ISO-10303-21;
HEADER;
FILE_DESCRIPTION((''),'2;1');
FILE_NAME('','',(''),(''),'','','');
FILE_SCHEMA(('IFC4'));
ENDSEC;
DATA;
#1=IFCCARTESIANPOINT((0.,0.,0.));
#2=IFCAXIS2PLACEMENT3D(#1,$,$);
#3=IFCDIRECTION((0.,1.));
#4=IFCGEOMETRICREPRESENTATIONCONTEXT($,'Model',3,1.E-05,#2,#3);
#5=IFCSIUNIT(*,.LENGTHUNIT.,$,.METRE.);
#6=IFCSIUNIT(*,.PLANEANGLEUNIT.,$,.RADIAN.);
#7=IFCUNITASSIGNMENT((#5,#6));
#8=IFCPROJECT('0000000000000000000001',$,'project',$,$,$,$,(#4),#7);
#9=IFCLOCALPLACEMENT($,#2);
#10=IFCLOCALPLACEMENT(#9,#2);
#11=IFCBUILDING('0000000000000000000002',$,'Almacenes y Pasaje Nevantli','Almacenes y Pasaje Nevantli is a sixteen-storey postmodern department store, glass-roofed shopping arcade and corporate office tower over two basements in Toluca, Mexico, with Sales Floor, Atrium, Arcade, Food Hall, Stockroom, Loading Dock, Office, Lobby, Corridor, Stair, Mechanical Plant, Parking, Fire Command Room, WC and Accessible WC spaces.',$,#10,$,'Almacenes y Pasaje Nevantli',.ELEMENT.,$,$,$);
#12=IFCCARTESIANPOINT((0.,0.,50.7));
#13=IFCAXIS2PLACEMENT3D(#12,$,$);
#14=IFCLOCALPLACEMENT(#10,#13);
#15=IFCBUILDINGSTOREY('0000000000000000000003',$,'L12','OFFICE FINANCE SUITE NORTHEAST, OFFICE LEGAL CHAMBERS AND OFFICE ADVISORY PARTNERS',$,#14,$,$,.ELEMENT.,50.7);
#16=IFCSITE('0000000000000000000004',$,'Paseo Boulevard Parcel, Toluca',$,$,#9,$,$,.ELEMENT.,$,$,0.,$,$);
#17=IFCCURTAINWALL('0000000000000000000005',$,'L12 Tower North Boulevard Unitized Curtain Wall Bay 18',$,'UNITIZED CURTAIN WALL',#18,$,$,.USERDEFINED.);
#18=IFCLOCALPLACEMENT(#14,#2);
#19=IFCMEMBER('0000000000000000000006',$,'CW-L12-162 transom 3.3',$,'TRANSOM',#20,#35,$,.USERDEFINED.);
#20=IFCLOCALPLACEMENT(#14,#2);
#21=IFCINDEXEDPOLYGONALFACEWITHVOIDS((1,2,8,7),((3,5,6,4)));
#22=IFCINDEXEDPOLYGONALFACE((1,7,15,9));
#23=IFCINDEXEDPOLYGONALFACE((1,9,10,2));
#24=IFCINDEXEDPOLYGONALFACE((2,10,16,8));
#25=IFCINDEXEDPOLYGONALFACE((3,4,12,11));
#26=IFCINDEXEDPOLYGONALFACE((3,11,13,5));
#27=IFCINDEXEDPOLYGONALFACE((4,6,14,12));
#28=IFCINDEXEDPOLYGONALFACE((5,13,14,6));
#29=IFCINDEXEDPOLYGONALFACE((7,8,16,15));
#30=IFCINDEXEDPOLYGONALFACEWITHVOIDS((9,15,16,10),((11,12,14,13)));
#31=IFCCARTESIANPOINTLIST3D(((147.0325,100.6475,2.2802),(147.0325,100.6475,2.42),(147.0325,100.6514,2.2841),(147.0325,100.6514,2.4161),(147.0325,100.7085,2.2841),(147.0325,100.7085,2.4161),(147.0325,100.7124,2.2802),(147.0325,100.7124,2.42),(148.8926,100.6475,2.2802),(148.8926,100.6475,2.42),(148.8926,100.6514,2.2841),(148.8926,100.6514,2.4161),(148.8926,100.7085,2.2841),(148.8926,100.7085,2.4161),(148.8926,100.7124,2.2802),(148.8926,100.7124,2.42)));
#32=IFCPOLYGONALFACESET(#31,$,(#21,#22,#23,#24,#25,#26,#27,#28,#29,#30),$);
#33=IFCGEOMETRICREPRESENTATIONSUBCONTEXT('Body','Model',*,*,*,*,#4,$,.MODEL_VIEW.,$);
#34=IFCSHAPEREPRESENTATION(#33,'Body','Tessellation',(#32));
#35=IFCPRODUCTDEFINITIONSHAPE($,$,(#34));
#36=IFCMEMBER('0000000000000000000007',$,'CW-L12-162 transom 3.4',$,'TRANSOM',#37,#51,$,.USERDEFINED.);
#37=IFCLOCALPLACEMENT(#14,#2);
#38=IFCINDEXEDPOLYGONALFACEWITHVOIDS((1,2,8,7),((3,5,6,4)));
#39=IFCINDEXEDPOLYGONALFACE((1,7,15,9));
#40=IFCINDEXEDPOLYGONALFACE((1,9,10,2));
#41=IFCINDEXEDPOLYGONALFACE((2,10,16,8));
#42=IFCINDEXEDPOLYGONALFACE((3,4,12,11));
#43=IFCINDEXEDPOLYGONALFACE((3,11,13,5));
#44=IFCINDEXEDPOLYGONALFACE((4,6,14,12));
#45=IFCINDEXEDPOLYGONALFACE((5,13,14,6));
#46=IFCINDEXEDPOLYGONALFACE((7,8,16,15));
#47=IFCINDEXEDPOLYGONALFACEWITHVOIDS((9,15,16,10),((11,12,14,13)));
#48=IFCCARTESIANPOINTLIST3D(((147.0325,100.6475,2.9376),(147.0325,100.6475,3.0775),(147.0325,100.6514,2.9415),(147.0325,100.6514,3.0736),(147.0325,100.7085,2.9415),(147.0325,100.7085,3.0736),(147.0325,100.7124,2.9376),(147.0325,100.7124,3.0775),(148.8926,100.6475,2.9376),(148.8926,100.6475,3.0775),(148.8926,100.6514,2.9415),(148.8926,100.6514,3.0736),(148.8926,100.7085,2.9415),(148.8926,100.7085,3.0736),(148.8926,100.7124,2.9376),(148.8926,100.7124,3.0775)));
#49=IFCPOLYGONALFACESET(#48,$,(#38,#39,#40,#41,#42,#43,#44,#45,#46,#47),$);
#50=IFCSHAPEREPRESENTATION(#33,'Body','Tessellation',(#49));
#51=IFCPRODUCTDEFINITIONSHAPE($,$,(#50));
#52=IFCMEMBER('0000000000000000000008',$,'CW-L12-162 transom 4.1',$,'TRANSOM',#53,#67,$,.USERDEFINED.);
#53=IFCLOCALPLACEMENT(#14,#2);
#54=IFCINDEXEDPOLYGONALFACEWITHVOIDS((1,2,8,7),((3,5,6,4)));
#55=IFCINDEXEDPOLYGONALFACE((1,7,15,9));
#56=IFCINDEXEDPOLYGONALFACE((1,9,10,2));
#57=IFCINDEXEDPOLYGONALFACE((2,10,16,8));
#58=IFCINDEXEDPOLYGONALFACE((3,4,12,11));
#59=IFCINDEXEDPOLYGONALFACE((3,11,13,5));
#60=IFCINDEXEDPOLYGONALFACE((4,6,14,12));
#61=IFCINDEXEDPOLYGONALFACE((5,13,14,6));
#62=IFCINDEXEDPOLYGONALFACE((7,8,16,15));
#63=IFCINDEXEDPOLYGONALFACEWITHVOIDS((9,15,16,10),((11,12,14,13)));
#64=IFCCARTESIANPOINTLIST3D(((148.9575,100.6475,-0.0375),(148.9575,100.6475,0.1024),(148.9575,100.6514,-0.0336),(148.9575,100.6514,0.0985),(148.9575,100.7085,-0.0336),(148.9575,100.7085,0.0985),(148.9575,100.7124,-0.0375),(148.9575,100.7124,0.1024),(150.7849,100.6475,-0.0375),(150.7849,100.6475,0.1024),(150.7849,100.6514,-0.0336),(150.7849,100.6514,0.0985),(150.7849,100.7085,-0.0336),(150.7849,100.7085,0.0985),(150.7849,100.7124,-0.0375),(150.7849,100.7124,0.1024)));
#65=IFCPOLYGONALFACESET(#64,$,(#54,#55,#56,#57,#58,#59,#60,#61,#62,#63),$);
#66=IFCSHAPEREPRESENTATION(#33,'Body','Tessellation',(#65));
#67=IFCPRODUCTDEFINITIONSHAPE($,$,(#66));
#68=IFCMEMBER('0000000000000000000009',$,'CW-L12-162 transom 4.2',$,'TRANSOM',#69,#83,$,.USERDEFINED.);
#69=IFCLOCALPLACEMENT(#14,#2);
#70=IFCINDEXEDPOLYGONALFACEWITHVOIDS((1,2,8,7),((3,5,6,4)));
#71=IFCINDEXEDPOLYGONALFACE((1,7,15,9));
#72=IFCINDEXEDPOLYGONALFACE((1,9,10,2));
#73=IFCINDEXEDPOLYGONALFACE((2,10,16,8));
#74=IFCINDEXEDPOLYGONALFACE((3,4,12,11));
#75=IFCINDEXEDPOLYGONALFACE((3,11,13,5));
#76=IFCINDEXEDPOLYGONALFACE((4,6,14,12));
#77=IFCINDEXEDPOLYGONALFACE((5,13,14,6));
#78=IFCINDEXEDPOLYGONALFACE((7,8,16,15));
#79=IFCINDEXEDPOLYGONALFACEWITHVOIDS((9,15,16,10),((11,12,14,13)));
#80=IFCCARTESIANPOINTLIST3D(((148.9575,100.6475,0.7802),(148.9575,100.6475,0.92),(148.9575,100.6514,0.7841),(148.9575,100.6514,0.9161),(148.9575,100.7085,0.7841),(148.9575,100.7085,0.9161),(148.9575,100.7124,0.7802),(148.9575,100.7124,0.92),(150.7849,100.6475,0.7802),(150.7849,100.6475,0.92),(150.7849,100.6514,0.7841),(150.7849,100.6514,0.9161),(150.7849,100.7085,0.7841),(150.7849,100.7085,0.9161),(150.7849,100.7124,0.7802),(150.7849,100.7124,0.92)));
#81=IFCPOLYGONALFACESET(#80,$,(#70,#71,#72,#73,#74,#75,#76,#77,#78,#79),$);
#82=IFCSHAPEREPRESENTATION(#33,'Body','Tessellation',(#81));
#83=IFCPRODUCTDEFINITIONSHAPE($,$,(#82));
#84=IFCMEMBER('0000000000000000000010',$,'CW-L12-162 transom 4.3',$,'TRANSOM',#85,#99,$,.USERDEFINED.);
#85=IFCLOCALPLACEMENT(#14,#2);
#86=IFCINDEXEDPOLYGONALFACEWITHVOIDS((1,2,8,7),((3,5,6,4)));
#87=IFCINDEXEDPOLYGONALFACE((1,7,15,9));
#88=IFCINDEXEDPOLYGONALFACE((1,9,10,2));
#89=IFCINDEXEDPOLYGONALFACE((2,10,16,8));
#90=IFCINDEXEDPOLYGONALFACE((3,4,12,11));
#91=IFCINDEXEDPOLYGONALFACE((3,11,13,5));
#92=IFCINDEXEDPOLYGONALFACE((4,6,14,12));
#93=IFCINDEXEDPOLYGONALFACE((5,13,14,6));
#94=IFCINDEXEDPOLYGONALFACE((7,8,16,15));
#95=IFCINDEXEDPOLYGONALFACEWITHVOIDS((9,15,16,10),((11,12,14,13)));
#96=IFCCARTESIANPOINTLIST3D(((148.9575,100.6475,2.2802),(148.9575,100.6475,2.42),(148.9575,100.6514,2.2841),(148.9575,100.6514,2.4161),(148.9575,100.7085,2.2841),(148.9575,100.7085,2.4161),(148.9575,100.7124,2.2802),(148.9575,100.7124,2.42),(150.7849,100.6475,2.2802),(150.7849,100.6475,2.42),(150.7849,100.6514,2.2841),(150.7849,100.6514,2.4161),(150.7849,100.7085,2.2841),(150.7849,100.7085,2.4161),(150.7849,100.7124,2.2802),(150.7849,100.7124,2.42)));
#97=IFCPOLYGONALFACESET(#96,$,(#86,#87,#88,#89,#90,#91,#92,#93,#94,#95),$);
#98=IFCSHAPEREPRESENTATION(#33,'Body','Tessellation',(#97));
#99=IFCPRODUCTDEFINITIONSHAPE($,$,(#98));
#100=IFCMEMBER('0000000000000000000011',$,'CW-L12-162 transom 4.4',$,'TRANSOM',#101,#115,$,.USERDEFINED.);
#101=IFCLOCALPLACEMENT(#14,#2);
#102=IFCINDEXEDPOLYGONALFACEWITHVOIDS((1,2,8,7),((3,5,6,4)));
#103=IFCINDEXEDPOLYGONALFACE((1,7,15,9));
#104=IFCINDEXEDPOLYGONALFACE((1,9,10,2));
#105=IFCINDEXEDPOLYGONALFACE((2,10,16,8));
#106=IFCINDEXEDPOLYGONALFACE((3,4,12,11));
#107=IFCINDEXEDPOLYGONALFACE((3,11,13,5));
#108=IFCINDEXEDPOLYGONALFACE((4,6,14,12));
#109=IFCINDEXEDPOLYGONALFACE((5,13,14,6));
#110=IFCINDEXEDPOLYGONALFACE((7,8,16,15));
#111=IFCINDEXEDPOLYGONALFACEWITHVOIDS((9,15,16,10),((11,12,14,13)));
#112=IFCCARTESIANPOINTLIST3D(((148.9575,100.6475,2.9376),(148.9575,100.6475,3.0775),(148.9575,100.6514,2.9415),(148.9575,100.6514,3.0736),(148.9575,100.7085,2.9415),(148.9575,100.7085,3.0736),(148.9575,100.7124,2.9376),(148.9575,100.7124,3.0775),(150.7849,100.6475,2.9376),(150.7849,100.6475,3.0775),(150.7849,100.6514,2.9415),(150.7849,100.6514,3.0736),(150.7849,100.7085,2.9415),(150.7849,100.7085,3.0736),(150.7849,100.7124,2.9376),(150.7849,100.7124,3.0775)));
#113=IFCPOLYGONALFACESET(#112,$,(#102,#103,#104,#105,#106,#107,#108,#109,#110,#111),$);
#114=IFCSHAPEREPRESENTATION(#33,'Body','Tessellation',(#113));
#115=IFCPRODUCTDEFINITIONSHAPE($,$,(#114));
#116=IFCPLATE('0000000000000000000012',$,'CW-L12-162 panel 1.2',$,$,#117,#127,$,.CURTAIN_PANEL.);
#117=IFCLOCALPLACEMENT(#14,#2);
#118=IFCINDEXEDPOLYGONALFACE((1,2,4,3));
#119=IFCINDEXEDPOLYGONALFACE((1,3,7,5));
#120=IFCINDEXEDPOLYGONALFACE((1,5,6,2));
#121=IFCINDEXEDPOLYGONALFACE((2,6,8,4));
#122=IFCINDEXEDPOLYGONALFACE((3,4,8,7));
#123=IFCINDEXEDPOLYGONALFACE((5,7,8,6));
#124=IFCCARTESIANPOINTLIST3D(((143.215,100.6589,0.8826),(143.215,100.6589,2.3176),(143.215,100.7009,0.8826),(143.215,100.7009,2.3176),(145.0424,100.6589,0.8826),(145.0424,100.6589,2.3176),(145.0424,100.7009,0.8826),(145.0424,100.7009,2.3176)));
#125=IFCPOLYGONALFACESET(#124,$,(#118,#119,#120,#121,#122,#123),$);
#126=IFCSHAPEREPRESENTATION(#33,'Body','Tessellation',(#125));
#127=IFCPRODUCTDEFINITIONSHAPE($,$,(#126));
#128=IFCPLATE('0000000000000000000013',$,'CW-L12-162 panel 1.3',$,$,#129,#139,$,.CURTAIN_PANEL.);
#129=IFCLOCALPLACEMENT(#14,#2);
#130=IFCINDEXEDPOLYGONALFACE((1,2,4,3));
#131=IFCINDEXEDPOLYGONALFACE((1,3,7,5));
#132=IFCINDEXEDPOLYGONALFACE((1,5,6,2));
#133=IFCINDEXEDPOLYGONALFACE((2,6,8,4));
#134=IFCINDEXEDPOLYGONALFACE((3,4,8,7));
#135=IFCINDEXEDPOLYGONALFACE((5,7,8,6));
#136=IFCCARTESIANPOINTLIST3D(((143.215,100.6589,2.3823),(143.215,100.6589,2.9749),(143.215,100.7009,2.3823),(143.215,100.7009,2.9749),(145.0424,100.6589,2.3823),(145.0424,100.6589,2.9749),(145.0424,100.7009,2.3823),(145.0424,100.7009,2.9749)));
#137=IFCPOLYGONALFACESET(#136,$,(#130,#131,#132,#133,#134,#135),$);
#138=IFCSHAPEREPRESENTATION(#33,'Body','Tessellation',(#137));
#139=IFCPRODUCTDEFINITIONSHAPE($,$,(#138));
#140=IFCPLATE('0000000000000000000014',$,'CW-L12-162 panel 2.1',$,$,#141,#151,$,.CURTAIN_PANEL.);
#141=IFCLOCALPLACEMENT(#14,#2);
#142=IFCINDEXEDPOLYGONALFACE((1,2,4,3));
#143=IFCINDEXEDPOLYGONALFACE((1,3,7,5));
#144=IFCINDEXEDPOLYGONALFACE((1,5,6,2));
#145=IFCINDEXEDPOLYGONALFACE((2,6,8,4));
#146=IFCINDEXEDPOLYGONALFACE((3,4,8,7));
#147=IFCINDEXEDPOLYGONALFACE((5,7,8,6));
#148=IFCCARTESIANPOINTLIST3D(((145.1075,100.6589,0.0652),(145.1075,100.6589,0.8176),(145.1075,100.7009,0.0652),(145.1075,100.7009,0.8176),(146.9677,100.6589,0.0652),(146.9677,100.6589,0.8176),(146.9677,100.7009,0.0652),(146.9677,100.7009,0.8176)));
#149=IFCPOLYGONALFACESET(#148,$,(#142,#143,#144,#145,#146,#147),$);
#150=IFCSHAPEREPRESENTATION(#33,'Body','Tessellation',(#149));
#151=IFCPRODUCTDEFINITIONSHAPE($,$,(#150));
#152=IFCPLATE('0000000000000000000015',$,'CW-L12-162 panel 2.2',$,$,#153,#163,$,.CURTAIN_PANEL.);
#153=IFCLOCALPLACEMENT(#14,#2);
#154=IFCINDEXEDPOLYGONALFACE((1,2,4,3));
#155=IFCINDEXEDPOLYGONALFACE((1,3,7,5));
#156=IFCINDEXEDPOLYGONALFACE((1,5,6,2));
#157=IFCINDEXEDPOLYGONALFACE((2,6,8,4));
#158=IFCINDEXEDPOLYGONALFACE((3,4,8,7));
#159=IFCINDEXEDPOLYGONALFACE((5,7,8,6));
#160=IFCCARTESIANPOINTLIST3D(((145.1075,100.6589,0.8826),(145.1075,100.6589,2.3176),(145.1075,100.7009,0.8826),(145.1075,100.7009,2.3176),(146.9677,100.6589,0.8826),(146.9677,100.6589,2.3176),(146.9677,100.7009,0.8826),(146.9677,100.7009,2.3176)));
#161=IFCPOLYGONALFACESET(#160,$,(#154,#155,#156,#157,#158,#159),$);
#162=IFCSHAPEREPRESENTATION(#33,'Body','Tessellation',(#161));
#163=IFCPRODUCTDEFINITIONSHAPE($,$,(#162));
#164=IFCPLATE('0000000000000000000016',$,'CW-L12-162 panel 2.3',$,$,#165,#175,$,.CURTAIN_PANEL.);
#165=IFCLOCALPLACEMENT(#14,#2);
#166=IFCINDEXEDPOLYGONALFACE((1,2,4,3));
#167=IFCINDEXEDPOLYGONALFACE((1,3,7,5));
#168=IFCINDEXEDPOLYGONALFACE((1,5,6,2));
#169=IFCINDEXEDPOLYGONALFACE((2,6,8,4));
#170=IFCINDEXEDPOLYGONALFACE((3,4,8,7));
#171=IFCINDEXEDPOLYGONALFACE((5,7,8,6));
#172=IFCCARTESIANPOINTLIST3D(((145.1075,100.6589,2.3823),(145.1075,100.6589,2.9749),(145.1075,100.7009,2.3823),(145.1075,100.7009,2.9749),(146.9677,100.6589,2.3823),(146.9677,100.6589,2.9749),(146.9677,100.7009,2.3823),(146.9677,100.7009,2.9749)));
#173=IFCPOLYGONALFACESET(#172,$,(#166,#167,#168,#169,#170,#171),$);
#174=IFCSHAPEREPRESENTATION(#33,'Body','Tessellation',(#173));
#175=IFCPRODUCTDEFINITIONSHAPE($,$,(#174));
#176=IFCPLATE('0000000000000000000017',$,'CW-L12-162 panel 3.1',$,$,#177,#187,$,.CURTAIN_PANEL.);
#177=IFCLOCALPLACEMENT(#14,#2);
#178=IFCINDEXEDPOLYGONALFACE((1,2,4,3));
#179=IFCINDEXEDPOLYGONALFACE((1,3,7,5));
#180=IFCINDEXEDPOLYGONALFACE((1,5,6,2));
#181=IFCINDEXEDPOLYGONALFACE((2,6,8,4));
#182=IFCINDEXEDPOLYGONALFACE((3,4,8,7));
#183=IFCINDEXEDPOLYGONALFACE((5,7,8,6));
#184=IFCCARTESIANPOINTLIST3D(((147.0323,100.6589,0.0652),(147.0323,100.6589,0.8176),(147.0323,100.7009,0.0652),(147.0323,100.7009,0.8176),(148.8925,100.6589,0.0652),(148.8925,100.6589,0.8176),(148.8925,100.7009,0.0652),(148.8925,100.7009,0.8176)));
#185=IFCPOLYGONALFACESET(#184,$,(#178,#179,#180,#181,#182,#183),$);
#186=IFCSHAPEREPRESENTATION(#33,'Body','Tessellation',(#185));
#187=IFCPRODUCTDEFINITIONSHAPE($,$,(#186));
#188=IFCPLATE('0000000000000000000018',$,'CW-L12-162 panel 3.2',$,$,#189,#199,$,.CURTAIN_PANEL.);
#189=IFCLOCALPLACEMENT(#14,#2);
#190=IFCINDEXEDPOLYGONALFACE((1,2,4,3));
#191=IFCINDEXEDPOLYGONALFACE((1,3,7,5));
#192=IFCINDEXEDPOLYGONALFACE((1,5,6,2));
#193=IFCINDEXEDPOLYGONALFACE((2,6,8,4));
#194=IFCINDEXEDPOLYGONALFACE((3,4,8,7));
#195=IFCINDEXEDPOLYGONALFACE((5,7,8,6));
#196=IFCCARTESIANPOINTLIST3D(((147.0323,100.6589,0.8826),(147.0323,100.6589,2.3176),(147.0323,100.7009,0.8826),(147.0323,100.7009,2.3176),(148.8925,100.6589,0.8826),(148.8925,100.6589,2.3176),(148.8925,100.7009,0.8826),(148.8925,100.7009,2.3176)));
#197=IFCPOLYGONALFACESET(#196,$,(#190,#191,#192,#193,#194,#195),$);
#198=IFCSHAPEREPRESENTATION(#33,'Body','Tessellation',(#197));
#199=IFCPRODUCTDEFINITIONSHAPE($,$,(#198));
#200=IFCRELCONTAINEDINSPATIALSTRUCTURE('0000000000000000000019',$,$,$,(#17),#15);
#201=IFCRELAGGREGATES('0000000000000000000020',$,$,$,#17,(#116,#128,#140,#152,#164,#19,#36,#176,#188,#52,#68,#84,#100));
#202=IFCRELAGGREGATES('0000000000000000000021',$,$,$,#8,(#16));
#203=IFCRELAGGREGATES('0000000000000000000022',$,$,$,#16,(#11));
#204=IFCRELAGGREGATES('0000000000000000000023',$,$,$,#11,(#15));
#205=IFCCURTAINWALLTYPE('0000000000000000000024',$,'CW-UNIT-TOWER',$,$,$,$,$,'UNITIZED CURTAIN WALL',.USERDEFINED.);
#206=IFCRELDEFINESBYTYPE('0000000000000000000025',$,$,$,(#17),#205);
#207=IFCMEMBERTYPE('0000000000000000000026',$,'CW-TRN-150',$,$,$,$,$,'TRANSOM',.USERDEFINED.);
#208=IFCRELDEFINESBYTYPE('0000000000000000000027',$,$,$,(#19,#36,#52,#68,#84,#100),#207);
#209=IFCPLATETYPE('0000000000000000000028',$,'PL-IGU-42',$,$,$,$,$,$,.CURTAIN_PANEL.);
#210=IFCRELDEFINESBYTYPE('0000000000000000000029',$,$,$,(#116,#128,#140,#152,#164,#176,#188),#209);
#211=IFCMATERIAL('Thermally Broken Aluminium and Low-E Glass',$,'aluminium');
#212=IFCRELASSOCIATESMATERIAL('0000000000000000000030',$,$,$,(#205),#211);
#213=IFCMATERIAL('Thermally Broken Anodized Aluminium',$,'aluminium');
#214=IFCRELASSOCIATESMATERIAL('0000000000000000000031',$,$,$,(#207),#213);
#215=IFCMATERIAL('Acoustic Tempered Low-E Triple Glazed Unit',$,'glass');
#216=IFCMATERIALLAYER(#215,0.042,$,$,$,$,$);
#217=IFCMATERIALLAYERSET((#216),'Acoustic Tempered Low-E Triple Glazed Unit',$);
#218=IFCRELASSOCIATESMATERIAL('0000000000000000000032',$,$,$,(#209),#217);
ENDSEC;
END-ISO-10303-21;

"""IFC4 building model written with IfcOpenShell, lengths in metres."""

from ifc_helpers import new_model, si_unit, direction, frame, origin, origin_2d, place, context, subcontext, project, spatial, rectangle, hollow_rectangle, extrude, material, layer, layer_set, material_profile, profile_set, type_object, element, aggregate, save


model = new_model("IFC4")

# Units and contexts
model_context = context("Model", 3, precision=1e-05, world=origin(), true_north=direction((0.0, 1.0)))
body_context = subcontext(model_context, "Body", "Model", "MODEL_VIEW")
ifc_project = project(units=[si_unit("LENGTHUNIT", "METRE"), si_unit("PLANEANGLEUNIT", "RADIAN")], contexts=[model_context])

# Site, building, storey
site_placement = place(None, origin())
site = spatial("IfcSite", under=ifc_project, at=site_placement, Name="Paseo Boulevard Parcel, Toluca", CompositionType="ELEMENT", RefElevation=0.0)
building_placement = place(site_placement, origin())
building = spatial("IfcBuilding", under=site, at=building_placement, Name="Almacenes y Pasaje Nevantli", Description="Almacenes y Pasaje Nevantli is a sixteen-storey postmodern department store, glass-roofed shopping arcade and corporate office tower over two basements in Toluca, Mexico, with Sales Floor, Atrium, Arcade, Food Hall, Stockroom, Loading Dock, Office, Lobby, Corridor, Stair, Mechanical Plant, Parking, Fire Command Room, WC and Accessible WC spaces.", LongName="Almacenes y Pasaje Nevantli", CompositionType="ELEMENT")
storey_placement = place(building_placement, frame((0.0, 0.0, 50.7)))
storey = spatial("IfcBuildingStorey", under=building, at=storey_placement, Name="L12", Description="OFFICE FINANCE SUITE NORTHEAST, OFFICE LEGAL CHAMBERS AND OFFICE ADVISORY PARTNERS", CompositionType="ELEMENT", Elevation=50.7)

# Curtain wall, members, plates
ifc_material_1 = material(Name="Thermally Broken Aluminium and Low-E Glass", Category="aluminium")
curtain_wall_type = type_object("IfcCurtainWallType", Name="CW-UNIT-TOWER", ElementType="UNITIZED CURTAIN WALL", PredefinedType="USERDEFINED", material=ifc_material_1)
curtain_wall_placement = place(storey_placement, origin())
curtain_wall = element("IfcCurtainWall", 1, at=curtain_wall_placement, inside=storey, type_object=curtain_wall_type, Name="L12 Tower North Boulevard Unitized Curtain Wall Bay 18", ObjectType="UNITIZED CURTAIN WALL", PredefinedType="USERDEFINED")
ifc_material_2 = material(Name="Thermally Broken Anodized Aluminium", Category="aluminium")
ifc_material_profile_1 = material_profile(ifc_material_2, hollow_rectangle(XDim=0.0649, YDim=0.1399, WallThickness=0.0039, at=origin_2d()), Name="ALU-TRN-65x140")
ifc_profile_set_1 = profile_set([ifc_material_profile_1], Name="Thermally Broken Anodized Aluminium")
member_type_1 = type_object("IfcMemberType", Name="CW-TRN-150", ElementType="TRANSOM", PredefinedType="USERDEFINED", material=ifc_profile_set_1)
member_1_placement = place(storey_placement, frame((147.0325, 100.6799, 2.3501), z_axis=(1.0, 0.0, 0.0), x_axis=(0.0, 1.0, 0.0)))
member_1 = element("IfcMember", 2, at=member_1_placement, type_object=member_type_1, Name="CW-L12-162 transom 3.3", ObjectType="TRANSOM", PredefinedType="USERDEFINED", context=body_context, shape_type="SweptSolid", body=[
    extrude(hollow_rectangle(XDim=0.0649, YDim=0.1399, WallThickness=0.0039, at=origin_2d()), origin(), (0.0, 0.0, 1.0), 1.8601),
])
member_2_placement = place(storey_placement, frame((147.0325, 100.6799, 3.0076), z_axis=(1.0, 0.0, 0.0), x_axis=(0.0, 1.0, 0.0)))
member_2 = element("IfcMember", 3, at=member_2_placement, type_object=member_type_1, Name="CW-L12-162 transom 3.4", ObjectType="TRANSOM", PredefinedType="USERDEFINED", context=body_context, shape_type="SweptSolid", body=[
    extrude(hollow_rectangle(XDim=0.0649, YDim=0.1399, WallThickness=0.0039, at=origin_2d()), origin(), (0.0, 0.0, 1.0), 1.8601),
])
member_3_placement = place(storey_placement, frame((148.9575, 100.6799, 0.0325), z_axis=(1.0, 0.0, 0.0), x_axis=(0.0, 1.0, 0.0)))
member_3 = element("IfcMember", 4, at=member_3_placement, type_object=member_type_1, Name="CW-L12-162 transom 4.1", ObjectType="TRANSOM", PredefinedType="USERDEFINED", context=body_context, shape_type="SweptSolid", body=[
    extrude(hollow_rectangle(XDim=0.0649, YDim=0.1399, WallThickness=0.0039, at=origin_2d()), origin(), (0.0, 0.0, 1.0), 1.8274),
])
member_4_placement = place(storey_placement, frame((148.9575, 100.6799, 0.8501), z_axis=(1.0, 0.0, 0.0), x_axis=(0.0, 1.0, 0.0)))
member_4 = element("IfcMember", 5, at=member_4_placement, type_object=member_type_1, Name="CW-L12-162 transom 4.2", ObjectType="TRANSOM", PredefinedType="USERDEFINED", context=body_context, shape_type="SweptSolid", body=[
    extrude(hollow_rectangle(XDim=0.0649, YDim=0.1399, WallThickness=0.0039, at=origin_2d()), origin(), (0.0, 0.0, 1.0), 1.8274),
])
member_5_placement = place(storey_placement, frame((148.9575, 100.6799, 2.3501), z_axis=(1.0, 0.0, 0.0), x_axis=(0.0, 1.0, 0.0)))
member_5 = element("IfcMember", 6, at=member_5_placement, type_object=member_type_1, Name="CW-L12-162 transom 4.3", ObjectType="TRANSOM", PredefinedType="USERDEFINED", context=body_context, shape_type="SweptSolid", body=[
    extrude(hollow_rectangle(XDim=0.0649, YDim=0.1399, WallThickness=0.0039, at=origin_2d()), origin(), (0.0, 0.0, 1.0), 1.8274),
])
member_6_placement = place(storey_placement, frame((148.9575, 100.6799, 3.0076), z_axis=(1.0, 0.0, 0.0), x_axis=(0.0, 1.0, 0.0)))
member_6 = element("IfcMember", 7, at=member_6_placement, type_object=member_type_1, Name="CW-L12-162 transom 4.4", ObjectType="TRANSOM", PredefinedType="USERDEFINED", context=body_context, shape_type="SweptSolid", body=[
    extrude(hollow_rectangle(XDim=0.0649, YDim=0.1399, WallThickness=0.0039, at=origin_2d()), origin(), (0.0, 0.0, 1.0), 1.8274),
])
ifc_material_3 = material(Name="Acoustic Tempered Low-E Triple Glazed Unit", Category="glass")
ifc_layer = layer(ifc_material_3, 0.042)
ifc_layer_set = layer_set([ifc_layer], Name="Acoustic Tempered Low-E Triple Glazed Unit")
plate_type = type_object("IfcPlateType", Name="PL-IGU-42", PredefinedType="CURTAIN_PANEL", material=ifc_layer_set)
plate_1_placement = place(storey_placement, frame((144.1287, 100.6799, 0.8826), z_axis=(0.0, 0.0, 1.0), x_axis=(1.0, 0.0, 0.0)))
plate_1 = element("IfcPlate", 8, at=plate_1_placement, type_object=plate_type, Name="CW-L12-162 panel 1.2", PredefinedType="CURTAIN_PANEL", context=body_context, shape_type="SweptSolid", body=[
    extrude(rectangle(XDim=1.8274, YDim=0.042, at=origin_2d()), origin(), (0.0, 0.0, 1.0), 1.4351),
])
plate_2_placement = place(storey_placement, frame((144.1287, 100.6799, 2.3823), z_axis=(0.0, 0.0, 1.0), x_axis=(1.0, 0.0, 0.0)))
plate_2 = element("IfcPlate", 9, at=plate_2_placement, type_object=plate_type, Name="CW-L12-162 panel 1.3", PredefinedType="CURTAIN_PANEL", context=body_context, shape_type="SweptSolid", body=[
    extrude(rectangle(XDim=1.8274, YDim=0.042, at=origin_2d()), origin(), (0.0, 0.0, 1.0), 0.5925),
])
plate_3_placement = place(storey_placement, frame((146.0376, 100.6799, 0.0652), z_axis=(0.0, 0.0, 1.0), x_axis=(1.0, 0.0, 0.0)))
plate_3 = element("IfcPlate", 10, at=plate_3_placement, type_object=plate_type, Name="CW-L12-162 panel 2.1", PredefinedType="CURTAIN_PANEL", context=body_context, shape_type="SweptSolid", body=[
    extrude(rectangle(XDim=1.8601, YDim=0.042, at=origin_2d()), origin(), (0.0, 0.0, 1.0), 0.7524),
])
plate_4_placement = place(storey_placement, frame((146.0376, 100.6799, 0.8826), z_axis=(0.0, 0.0, 1.0), x_axis=(1.0, 0.0, 0.0)))
plate_4 = element("IfcPlate", 11, at=plate_4_placement, type_object=plate_type, Name="CW-L12-162 panel 2.2", PredefinedType="CURTAIN_PANEL", context=body_context, shape_type="SweptSolid", body=[
    extrude(rectangle(XDim=1.8601, YDim=0.042, at=origin_2d()), origin(), (0.0, 0.0, 1.0), 1.4351),
])
plate_5_placement = place(storey_placement, frame((146.0376, 100.6799, 2.3823), z_axis=(0.0, 0.0, 1.0), x_axis=(1.0, 0.0, 0.0)))
plate_5 = element("IfcPlate", 12, at=plate_5_placement, type_object=plate_type, Name="CW-L12-162 panel 2.3", PredefinedType="CURTAIN_PANEL", context=body_context, shape_type="SweptSolid", body=[
    extrude(rectangle(XDim=1.8601, YDim=0.042, at=origin_2d()), origin(), (0.0, 0.0, 1.0), 0.5925),
])
plate_6_placement = place(storey_placement, frame((147.9624, 100.6799, 0.0652), z_axis=(0.0, 0.0, 1.0), x_axis=(1.0, 0.0, 0.0)))
plate_6 = element("IfcPlate", 13, at=plate_6_placement, type_object=plate_type, Name="CW-L12-162 panel 3.1", PredefinedType="CURTAIN_PANEL", context=body_context, shape_type="SweptSolid", body=[
    extrude(rectangle(XDim=1.8601, YDim=0.042, at=origin_2d()), origin(), (0.0, 0.0, 1.0), 0.7524),
])
plate_7_placement = place(storey_placement, frame((147.9624, 100.6799, 0.8826), z_axis=(0.0, 0.0, 1.0), x_axis=(1.0, 0.0, 0.0)))
plate_7 = element("IfcPlate", 14, at=plate_7_placement, type_object=plate_type, Name="CW-L12-162 panel 3.2", PredefinedType="CURTAIN_PANEL", context=body_context, shape_type="SweptSolid", body=[
    extrude(rectangle(XDim=1.8601, YDim=0.042, at=origin_2d()), origin(), (0.0, 0.0, 1.0), 1.4351),
])
aggregate(curtain_wall, [plate_1, plate_2, plate_3, plate_4, plate_5, member_1, member_2, plate_6, plate_7, member_3, member_4, member_5, member_6])

save(model, "model.ifc")
